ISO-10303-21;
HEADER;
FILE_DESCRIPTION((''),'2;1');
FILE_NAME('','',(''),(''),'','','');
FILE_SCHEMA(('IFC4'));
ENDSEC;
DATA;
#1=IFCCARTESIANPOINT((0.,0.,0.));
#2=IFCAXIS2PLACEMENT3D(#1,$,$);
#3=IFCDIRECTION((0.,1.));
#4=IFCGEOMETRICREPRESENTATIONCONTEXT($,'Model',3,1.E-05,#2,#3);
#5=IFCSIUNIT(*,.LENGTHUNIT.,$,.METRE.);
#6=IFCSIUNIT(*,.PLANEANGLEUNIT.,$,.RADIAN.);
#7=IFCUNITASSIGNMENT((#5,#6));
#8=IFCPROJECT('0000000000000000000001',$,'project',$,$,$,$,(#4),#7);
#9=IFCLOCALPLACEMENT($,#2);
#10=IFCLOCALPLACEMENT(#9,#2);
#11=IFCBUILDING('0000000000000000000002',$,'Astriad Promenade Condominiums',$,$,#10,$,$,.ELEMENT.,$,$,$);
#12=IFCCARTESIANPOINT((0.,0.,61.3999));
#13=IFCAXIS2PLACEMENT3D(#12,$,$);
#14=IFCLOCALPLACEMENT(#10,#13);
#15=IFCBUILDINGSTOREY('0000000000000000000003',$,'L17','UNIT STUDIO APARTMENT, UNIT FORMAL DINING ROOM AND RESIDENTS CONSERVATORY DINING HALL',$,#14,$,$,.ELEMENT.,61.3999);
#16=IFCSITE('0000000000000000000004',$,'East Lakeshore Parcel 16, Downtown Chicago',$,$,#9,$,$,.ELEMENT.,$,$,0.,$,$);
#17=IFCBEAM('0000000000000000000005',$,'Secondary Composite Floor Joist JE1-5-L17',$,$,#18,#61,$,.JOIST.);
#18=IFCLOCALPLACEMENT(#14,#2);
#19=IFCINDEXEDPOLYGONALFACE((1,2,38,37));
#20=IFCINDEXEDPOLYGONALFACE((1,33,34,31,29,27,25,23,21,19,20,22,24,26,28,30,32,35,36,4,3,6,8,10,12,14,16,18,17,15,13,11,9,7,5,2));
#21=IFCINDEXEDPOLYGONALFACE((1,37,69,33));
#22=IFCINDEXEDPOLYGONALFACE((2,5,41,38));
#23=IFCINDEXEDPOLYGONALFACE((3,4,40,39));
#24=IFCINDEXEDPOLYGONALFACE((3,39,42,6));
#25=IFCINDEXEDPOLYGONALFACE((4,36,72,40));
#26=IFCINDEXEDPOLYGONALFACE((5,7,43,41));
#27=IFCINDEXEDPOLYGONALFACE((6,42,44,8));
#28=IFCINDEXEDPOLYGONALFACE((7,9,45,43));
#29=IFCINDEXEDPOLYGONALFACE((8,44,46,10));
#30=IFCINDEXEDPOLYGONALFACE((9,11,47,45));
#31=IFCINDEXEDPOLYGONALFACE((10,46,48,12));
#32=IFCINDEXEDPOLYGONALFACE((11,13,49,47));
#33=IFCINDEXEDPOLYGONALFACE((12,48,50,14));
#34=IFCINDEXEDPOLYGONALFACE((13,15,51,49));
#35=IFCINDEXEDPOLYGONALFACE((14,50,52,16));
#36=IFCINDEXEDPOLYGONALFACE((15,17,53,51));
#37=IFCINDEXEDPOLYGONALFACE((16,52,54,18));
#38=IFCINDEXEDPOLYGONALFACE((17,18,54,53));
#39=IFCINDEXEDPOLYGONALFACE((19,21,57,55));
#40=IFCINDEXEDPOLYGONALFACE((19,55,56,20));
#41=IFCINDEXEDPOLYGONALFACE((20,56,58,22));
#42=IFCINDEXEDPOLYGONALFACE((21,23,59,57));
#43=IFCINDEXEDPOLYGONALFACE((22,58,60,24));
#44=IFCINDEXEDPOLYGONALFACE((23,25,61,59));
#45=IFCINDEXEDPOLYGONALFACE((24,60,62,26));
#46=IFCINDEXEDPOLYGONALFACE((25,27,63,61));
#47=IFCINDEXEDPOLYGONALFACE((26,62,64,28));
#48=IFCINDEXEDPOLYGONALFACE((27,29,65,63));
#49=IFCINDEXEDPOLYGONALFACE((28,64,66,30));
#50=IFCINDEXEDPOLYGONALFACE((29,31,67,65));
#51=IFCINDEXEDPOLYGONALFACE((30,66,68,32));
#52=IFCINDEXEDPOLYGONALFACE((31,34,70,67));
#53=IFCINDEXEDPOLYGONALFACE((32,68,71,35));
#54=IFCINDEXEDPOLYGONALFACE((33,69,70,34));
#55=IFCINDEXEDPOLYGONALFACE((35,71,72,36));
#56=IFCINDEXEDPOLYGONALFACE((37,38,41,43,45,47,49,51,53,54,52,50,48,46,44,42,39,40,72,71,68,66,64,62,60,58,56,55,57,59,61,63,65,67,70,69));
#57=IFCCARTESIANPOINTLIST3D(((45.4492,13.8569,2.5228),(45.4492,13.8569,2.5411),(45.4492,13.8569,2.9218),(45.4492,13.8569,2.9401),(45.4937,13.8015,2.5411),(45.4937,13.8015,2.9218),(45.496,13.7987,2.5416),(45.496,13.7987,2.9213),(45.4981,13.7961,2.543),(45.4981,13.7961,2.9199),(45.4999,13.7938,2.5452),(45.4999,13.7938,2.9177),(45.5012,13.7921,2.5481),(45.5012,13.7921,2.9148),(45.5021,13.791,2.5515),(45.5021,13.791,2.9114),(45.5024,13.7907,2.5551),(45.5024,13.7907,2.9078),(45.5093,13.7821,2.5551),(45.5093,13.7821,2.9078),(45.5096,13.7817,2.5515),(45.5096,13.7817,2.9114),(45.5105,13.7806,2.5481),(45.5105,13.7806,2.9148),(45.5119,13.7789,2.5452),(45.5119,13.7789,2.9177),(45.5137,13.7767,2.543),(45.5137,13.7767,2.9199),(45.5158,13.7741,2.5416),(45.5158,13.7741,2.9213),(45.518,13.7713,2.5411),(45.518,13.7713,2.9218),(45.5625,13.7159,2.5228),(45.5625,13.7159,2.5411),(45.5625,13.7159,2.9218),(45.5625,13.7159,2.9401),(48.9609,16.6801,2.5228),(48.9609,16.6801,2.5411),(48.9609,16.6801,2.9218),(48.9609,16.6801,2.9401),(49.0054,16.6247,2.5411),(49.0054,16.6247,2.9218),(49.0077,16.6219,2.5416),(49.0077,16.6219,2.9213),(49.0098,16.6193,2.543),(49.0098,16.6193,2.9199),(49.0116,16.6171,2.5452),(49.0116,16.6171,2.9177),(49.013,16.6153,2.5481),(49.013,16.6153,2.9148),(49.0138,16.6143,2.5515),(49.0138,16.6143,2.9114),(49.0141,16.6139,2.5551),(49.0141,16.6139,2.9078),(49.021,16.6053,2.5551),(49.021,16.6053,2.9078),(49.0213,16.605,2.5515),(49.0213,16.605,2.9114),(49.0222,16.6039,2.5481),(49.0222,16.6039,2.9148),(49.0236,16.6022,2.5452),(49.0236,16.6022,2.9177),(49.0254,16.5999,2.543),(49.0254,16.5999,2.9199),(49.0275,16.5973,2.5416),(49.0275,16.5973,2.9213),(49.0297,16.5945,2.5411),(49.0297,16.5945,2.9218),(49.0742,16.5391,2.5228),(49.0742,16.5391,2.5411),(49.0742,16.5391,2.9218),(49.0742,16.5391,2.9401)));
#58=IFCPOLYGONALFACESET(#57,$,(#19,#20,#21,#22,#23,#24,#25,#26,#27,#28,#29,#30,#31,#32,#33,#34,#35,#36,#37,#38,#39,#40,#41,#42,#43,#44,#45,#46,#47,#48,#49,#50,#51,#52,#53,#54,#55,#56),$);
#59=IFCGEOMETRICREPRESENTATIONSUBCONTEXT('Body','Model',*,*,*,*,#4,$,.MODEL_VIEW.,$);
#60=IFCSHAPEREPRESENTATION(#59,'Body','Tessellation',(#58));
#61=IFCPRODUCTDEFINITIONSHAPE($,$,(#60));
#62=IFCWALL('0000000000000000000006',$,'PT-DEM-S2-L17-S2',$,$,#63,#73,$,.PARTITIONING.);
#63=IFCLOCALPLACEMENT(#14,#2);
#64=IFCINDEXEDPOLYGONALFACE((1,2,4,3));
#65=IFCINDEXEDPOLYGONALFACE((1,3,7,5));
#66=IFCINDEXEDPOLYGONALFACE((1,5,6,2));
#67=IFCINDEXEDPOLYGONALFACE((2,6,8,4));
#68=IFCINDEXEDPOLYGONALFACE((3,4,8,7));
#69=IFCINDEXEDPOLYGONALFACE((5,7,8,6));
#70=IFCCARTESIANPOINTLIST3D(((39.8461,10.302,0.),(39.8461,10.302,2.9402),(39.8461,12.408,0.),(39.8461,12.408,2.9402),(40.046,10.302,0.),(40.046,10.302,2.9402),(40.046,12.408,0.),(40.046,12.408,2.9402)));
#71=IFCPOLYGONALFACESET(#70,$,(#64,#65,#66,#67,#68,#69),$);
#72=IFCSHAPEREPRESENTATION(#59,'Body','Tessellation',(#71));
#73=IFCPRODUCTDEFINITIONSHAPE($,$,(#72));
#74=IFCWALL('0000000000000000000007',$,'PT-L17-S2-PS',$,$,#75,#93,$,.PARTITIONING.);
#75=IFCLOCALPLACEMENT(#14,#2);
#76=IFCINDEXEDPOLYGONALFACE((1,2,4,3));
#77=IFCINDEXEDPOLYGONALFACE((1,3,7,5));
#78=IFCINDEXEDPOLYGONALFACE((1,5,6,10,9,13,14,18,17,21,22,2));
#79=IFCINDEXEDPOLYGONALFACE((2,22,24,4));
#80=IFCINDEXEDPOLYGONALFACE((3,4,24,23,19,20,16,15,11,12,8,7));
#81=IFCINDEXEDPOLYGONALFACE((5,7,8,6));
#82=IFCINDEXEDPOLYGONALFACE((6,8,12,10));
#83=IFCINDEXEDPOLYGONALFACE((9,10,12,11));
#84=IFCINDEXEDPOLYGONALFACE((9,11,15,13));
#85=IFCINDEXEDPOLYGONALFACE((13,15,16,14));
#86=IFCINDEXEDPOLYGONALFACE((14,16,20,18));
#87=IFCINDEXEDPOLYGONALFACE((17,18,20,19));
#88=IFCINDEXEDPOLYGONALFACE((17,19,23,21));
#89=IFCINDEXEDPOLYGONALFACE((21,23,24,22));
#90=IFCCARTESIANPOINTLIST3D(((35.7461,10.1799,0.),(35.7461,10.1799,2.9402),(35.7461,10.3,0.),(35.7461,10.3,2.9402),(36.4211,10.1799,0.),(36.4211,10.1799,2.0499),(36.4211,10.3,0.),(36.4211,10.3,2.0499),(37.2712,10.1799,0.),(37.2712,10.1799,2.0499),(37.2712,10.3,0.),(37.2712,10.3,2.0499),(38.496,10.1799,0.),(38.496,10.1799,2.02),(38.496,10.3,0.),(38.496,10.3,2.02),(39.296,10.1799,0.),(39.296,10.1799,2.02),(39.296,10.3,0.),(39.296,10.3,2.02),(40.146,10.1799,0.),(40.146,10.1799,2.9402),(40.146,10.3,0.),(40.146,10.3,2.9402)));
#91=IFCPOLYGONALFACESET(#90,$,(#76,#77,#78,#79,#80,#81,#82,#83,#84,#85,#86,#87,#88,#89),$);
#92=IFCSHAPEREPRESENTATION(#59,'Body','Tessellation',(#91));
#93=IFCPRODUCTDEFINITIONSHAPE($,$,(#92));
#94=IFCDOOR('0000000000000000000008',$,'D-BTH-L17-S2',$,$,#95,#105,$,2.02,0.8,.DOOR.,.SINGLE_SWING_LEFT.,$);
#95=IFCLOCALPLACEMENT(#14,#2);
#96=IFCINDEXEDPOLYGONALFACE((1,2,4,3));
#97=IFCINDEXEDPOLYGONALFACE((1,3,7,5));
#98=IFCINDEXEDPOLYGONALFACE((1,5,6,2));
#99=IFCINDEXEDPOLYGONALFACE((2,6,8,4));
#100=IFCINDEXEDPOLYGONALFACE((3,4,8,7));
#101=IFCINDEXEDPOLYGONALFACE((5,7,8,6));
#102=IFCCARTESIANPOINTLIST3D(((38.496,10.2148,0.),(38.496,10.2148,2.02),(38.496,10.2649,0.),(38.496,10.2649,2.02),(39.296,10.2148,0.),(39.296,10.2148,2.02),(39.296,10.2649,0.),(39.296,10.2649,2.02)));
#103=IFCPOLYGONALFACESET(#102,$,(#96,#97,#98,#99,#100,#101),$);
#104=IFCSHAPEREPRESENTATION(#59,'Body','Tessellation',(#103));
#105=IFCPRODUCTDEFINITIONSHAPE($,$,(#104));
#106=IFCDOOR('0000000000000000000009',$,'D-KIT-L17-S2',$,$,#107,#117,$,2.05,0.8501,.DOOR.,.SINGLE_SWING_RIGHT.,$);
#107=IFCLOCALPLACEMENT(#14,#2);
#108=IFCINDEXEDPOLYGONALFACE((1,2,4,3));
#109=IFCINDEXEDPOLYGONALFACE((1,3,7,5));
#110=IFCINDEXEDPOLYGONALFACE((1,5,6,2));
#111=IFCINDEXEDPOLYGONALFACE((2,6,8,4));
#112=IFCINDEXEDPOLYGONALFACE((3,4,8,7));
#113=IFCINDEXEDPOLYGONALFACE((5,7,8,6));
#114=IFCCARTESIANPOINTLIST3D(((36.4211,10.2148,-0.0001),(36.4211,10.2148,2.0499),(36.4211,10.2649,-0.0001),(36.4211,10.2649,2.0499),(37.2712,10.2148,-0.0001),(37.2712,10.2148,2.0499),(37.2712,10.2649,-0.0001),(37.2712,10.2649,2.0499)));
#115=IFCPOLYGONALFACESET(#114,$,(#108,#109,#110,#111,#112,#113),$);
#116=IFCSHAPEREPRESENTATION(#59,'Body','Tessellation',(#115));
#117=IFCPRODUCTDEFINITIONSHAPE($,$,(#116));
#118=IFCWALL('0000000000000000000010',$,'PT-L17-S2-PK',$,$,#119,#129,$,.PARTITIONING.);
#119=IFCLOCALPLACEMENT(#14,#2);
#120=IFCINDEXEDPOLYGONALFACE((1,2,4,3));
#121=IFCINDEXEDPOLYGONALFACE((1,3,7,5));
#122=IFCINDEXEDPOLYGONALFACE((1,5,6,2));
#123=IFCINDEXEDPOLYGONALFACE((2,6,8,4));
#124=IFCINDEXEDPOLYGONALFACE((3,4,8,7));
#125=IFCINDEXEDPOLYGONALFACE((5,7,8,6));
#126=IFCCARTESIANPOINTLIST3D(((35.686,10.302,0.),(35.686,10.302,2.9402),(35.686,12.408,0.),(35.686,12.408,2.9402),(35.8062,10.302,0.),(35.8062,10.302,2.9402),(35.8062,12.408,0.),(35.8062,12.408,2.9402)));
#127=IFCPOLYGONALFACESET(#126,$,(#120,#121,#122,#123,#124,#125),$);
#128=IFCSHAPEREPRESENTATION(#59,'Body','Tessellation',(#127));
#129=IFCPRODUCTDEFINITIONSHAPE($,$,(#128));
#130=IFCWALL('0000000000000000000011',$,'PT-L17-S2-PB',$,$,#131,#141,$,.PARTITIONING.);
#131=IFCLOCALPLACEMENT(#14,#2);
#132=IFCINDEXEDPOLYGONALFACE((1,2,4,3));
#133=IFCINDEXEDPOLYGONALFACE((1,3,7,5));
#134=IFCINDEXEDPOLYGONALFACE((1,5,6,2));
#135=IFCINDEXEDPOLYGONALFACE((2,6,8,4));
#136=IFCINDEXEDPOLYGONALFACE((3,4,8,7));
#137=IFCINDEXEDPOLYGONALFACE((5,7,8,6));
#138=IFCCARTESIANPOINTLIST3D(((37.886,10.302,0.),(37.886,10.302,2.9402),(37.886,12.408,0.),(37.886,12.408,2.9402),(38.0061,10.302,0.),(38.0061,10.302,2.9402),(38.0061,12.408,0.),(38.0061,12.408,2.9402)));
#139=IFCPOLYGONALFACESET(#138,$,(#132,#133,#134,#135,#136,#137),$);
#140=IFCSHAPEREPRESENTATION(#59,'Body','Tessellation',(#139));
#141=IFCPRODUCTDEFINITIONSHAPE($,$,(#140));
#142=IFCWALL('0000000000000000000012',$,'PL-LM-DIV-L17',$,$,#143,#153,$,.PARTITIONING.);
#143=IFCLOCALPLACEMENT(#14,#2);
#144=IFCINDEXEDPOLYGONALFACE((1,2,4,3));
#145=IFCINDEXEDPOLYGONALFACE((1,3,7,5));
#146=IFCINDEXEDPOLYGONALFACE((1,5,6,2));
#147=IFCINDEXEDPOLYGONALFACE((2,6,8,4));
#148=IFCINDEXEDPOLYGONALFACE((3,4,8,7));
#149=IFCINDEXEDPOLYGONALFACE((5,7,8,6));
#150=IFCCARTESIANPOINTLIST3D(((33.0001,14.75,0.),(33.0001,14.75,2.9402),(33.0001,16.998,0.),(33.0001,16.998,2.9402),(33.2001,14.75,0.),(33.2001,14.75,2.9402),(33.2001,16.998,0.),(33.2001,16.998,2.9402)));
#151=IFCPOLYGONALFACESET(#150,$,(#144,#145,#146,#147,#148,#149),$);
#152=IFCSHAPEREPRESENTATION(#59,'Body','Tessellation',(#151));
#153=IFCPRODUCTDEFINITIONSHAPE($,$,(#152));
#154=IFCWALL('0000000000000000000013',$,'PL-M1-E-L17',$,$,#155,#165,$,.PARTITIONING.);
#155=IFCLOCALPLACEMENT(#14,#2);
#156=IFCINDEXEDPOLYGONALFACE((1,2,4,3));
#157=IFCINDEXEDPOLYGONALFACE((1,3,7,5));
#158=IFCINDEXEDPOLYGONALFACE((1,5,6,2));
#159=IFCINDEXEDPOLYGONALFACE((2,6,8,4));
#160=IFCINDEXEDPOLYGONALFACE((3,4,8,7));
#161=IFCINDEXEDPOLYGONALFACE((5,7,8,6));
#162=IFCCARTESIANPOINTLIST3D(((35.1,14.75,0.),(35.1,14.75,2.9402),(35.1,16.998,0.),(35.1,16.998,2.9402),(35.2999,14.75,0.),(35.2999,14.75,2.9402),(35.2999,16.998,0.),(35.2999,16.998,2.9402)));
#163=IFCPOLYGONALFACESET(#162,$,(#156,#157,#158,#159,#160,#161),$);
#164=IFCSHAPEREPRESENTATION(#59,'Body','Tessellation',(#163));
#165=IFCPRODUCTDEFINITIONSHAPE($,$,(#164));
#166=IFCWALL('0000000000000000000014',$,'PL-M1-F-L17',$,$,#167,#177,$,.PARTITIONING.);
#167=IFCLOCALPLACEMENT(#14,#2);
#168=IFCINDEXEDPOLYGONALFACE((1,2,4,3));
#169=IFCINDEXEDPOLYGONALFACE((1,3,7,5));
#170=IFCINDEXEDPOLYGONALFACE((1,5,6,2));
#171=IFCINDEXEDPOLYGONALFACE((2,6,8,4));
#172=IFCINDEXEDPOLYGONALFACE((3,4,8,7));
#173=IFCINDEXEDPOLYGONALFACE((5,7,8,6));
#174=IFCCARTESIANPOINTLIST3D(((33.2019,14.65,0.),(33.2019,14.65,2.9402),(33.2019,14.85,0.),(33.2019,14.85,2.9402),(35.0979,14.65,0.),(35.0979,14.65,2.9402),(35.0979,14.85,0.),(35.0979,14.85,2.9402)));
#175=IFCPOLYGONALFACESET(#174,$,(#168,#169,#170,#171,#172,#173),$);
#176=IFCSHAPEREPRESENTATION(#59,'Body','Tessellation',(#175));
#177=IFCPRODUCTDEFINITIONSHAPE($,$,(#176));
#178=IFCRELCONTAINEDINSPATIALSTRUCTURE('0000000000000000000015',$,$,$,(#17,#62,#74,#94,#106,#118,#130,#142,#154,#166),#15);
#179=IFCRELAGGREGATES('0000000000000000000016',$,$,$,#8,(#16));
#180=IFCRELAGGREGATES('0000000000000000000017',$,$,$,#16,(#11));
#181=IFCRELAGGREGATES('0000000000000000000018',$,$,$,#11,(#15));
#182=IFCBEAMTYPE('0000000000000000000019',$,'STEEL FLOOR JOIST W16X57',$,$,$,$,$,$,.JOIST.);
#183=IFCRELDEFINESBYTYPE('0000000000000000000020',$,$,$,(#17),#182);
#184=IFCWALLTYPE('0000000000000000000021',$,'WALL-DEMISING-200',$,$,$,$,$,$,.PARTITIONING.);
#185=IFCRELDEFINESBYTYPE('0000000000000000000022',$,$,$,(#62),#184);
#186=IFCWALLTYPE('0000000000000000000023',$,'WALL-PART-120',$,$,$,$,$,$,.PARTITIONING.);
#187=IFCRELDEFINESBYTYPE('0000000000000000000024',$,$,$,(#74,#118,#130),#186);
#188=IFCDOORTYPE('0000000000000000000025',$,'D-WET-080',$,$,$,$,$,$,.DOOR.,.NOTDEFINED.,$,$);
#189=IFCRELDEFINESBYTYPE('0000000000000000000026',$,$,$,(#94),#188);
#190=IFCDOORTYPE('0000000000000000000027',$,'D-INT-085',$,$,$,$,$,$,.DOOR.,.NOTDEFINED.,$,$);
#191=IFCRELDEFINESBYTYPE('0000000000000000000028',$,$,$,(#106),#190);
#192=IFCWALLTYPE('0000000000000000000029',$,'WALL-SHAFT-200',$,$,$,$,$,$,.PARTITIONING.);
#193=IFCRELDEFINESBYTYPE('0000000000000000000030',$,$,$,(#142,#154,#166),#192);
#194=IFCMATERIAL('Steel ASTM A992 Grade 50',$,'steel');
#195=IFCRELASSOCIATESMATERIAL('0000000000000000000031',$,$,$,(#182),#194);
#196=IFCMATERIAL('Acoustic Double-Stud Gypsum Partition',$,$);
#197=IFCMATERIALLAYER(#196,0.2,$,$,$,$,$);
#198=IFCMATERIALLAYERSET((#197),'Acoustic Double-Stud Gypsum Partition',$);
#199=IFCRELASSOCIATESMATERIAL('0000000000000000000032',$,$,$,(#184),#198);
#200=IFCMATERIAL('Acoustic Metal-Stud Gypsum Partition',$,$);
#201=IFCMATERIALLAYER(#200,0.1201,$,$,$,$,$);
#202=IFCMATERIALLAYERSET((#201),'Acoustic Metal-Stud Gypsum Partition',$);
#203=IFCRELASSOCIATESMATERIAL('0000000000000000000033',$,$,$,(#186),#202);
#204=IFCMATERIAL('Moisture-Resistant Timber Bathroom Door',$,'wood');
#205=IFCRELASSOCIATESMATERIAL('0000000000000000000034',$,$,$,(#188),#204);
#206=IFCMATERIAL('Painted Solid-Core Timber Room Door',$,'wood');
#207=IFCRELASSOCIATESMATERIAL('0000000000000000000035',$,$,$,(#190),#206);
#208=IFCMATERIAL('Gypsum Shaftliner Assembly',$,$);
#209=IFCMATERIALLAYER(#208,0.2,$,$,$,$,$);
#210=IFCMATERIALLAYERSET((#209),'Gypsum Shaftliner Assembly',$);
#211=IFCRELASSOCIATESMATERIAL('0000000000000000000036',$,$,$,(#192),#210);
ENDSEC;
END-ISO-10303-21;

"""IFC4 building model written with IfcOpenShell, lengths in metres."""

from ifc_helpers import new_model, si_unit, direction, frame, frame_2d, origin, origin_2d, place, context, subcontext, project, spatial, rectangle, i_section, extrude, source, transform, mapped, material, layer, layer_set, material_profile, profile_set, type_object, type_shapes, element, fill, save


model = new_model("IFC4")

# Units and contexts
model_context = context("Model", 3, precision=1e-05, world=origin(), true_north=direction((0.0, 1.0)))
body_context = subcontext(model_context, "Body", "Model", "MODEL_VIEW")
ifc_project = project(units=[si_unit("LENGTHUNIT", "METRE"), si_unit("PLANEANGLEUNIT", "RADIAN")], contexts=[model_context])

# Site, building, storey
site_placement = place(None, origin())
site = spatial("IfcSite", under=ifc_project, at=site_placement, Name="East Lakeshore Parcel 16, Downtown Chicago", CompositionType="ELEMENT", RefElevation=0.0)
building_placement = place(site_placement, origin())
building = spatial("IfcBuilding", under=site, at=building_placement, Name="Astriad Promenade Condominiums", CompositionType="ELEMENT")
storey_placement = place(building_placement, frame((0.0, 0.0, 61.3999)))
storey = spatial("IfcBuildingStorey", under=building, at=storey_placement, Name="L17", Description="UNIT STUDIO APARTMENT, UNIT FORMAL DINING ROOM AND RESIDENTS CONSERVATORY DINING HALL", CompositionType="ELEMENT", Elevation=61.3999)

# Shared definitions
ifc_material_1 = material(Name="Steel ASTM A992 Grade 50", Category="steel")

# Beam
ifc_material_profile_1 = material_profile(ifc_material_1, i_section(OverallWidth=0.1809, OverallDepth=0.4172, WebThickness=0.011, FlangeThickness=0.0183, FilletRadius=0.0139, at=origin_2d()), Name="W16X57")
ifc_profile_set_1 = profile_set([ifc_material_profile_1], Name="Steel ASTM A992 Grade 50")
beam_type_1 = type_object("IfcBeamType", Name="STEEL FLOOR JOIST W16X57", PredefinedType="JOIST", material=ifc_profile_set_1)
shared_shape_1 = source(origin(), body_context, "Body", "SweptSolid", [
    extrude(i_section(OverallWidth=0.1809, OverallDepth=0.4172, WebThickness=0.011, FlangeThickness=0.0183, FilletRadius=0.0139, at=origin_2d()), origin(), (0.0, 0.0, 1.0), 4.5059),
])
beam_1_placement = place(storey_placement, frame((45.5059, 13.7864, 2.7314), z_axis=(0.779365, 0.62657, 0.0), x_axis=(-0.62657, 0.779365, 0.0)))
element("IfcBeam", 1, at=beam_1_placement, inside=storey, type_object=beam_type_1, Name="Secondary Composite Floor Joist JE1-5-L17", PredefinedType="JOIST", context=body_context, shape_type="MappedRepresentation", body=[
    mapped(shared_shape_1, transform((0.0, 0.0, 0.0), scale=1.0)),
])

# Wall
ifc_material_2 = material(Name="Acoustic Double-Stud Gypsum Partition")
ifc_layer_1 = layer(ifc_material_2, 0.2)
ifc_layer_set_1 = layer_set([ifc_layer_1], Name="Acoustic Double-Stud Gypsum Partition")
wall_type_1 = type_object("IfcWallType", Name="WALL-DEMISING-200", PredefinedType="PARTITIONING", material=ifc_layer_set_1)
wall_1_placement = place(storey_placement, frame((39.946, 10.302, 0.0), z_axis=(0.0, 0.0, 1.0), x_axis=(0.0, 1.0, 0.0)))
element("IfcWall", 2, at=wall_1_placement, inside=storey, type_object=wall_type_1, Name="PT-DEM-S2-L17-S2", PredefinedType="PARTITIONING", context=body_context, shape_type="SweptSolid", body=[
    extrude(rectangle(XDim=2.106, YDim=0.2, at=frame_2d((1.053, 0.0))), origin(), (0.0, 0.0, 1.0), 2.9402),
])

# Wall, openings, doors
ifc_material_3 = material(Name="Acoustic Metal-Stud Gypsum Partition")
ifc_layer_2 = layer(ifc_material_3, 0.1201)
ifc_layer_set_2 = layer_set([ifc_layer_2], Name="Acoustic Metal-Stud Gypsum Partition")
wall_type_2 = type_object("IfcWallType", Name="WALL-PART-120", PredefinedType="PARTITIONING", material=ifc_layer_set_2)
wall_2_placement = place(storey_placement, frame((35.7461, 10.24, 0.0), z_axis=(0.0, 0.0, 1.0), x_axis=(1.0, 0.0, 0.0)))
wall_2 = element("IfcWall", 3, at=wall_2_placement, inside=storey, type_object=wall_type_2, Name="PT-L17-S2-PS", PredefinedType="PARTITIONING", context=body_context, shape_type="SweptSolid", body=[
    extrude(rectangle(XDim=4.3999, YDim=0.1201, at=frame_2d((2.2, 0.0))), origin(), (0.0, 0.0, 1.0), 2.9402),
])
opening_1_placement = place(wall_2_placement, frame((0.675, 0.0, 0.0)))
opening_1 = element("IfcOpeningElement", 4, at=opening_1_placement, cuts=wall_2, PredefinedType="OPENING", context=body_context, shape_type="SweptSolid", body=[
    extrude(rectangle(XDim=0.8501, YDim=2.05, at=frame_2d((0.425, 1.0249))), frame((0.0, 0.0701, 0.0), z_axis=(0.0, -1.0, 0.0), x_axis=(1.0, 0.0, 0.0)), (0.0, 0.0, 1.0), 0.1401),
])
opening_2_placement = place(wall_2_placement, frame((2.75, 0.0, 0.0)))
opening_2 = element("IfcOpeningElement", 5, at=opening_2_placement, cuts=wall_2, PredefinedType="OPENING", context=body_context, shape_type="SweptSolid", body=[
    extrude(rectangle(XDim=0.8, YDim=2.02, at=frame_2d((0.3999, 1.01))), frame((0.0, 0.0701, 0.0), z_axis=(0.0, -1.0, 0.0), x_axis=(1.0, 0.0, 0.0)), (0.0, 0.0, 1.0), 0.1401),
])
ifc_material_4 = material(Name="Moisture-Resistant Timber Bathroom Door", Category="wood")
door_type_1 = type_object("IfcDoorType", Name="D-WET-080", OperationType="NOTDEFINED", PredefinedType="DOOR", material=ifc_material_4)
shared_shape_2 = source(origin(), body_context, "Body", "SweptSolid", [
    extrude(rectangle(XDim=0.8, YDim=2.02, at=frame_2d((0.3999, 1.01))), frame((0.0, 0.0249, 0.0), z_axis=(0.0, -1.0, 0.0), x_axis=(1.0, 0.0, 0.0)), (0.0, 0.0, 1.0), 0.05),
])
type_shapes(door_type_1, [shared_shape_2])
door_1_placement = place(opening_2_placement, origin())
door_1 = element("IfcDoor", 6, at=door_1_placement, inside=storey, type_object=door_type_1, Name="D-BTH-L17-S2", OperationType="SINGLE_SWING_LEFT", OverallHeight=2.02, OverallWidth=0.8, PredefinedType="DOOR", context=body_context, shape_type="MappedRepresentation", body=[
    mapped(shared_shape_2, transform((0.0, 0.0, 0.0), scale=1.0)),
])
fill(opening_2, door_1)
ifc_material_5 = material(Name="Painted Solid-Core Timber Room Door", Category="wood")
door_type_2 = type_object("IfcDoorType", Name="D-INT-085", OperationType="NOTDEFINED", PredefinedType="DOOR", material=ifc_material_5)
shared_shape_3 = source(origin(), body_context, "Body", "SweptSolid", [
    extrude(rectangle(XDim=0.8501, YDim=2.05, at=frame_2d((0.425, 1.0249))), frame((0.0, 0.0249, 0.0), z_axis=(0.0, -1.0, 0.0), x_axis=(1.0, 0.0, 0.0)), (0.0, 0.0, 1.0), 0.05),
])
type_shapes(door_type_2, [shared_shape_3])
door_2_placement = place(opening_1_placement, origin())
door_2 = element("IfcDoor", 7, at=door_2_placement, inside=storey, type_object=door_type_2, Name="D-KIT-L17-S2", OperationType="SINGLE_SWING_RIGHT", OverallHeight=2.05, OverallWidth=0.8501, PredefinedType="DOOR", context=body_context, shape_type="MappedRepresentation", body=[
    mapped(shared_shape_3, transform((0.0, 0.0, 0.0), scale=1.0)),
])
fill(opening_1, door_2)

# Walls
for number, where, z_axis, x_axis, name in (
    (8, (35.7461, 10.302, 0.0), (0.0, 0.0, 1.0), (0.0, 1.0, 0.0), "PT-L17-S2-PK"),
    (9, (37.946, 10.302, 0.0), (0.0, 0.0, 1.0), (0.0, 1.0, 0.0), "PT-L17-S2-PB"),
):
    element("IfcWall", number, at=place(storey_placement, frame(where, z_axis=z_axis, x_axis=x_axis)), inside=storey, type_object=wall_type_2, Name=name, PredefinedType="PARTITIONING", context=body_context, shape_type="SweptSolid", body=[
        extrude(rectangle(XDim=2.106, YDim=0.1201, at=frame_2d((1.053, 0.0))), origin(), (0.0, 0.0, 1.0), 2.9402),
    ])
ifc_material_6 = material(Name="Gypsum Shaftliner Assembly")
ifc_layer_3 = layer(ifc_material_6, 0.2)
ifc_layer_set_3 = layer_set([ifc_layer_3], Name="Gypsum Shaftliner Assembly")
wall_type_3 = type_object("IfcWallType", Name="WALL-SHAFT-200", PredefinedType="PARTITIONING", material=ifc_layer_set_3)
for number, where, z_axis, x_axis, name in (
    (10, (33.1001, 14.75, 0.0), (0.0, 0.0, 1.0), (0.0, 1.0, 0.0), "PL-LM-DIV-L17"),
    (11, (35.2, 14.75, 0.0), (0.0, 0.0, 1.0), (0.0, 1.0, 0.0), "PL-M1-E-L17"),
):
    element("IfcWall", number, at=place(storey_placement, frame(where, z_axis=z_axis, x_axis=x_axis)), inside=storey, type_object=wall_type_3, Name=name, PredefinedType="PARTITIONING", context=body_context, shape_type="SweptSolid", body=[
        extrude(rectangle(XDim=2.248, YDim=0.2, at=frame_2d((1.124, 0.0))), origin(), (0.0, 0.0, 1.0), 2.9402),
    ])
wall_3_placement = place(storey_placement, frame((33.2019, 14.75, 0.0), z_axis=(0.0, 0.0, 1.0), x_axis=(1.0, 0.0, 0.0)))
element("IfcWall", 12, at=wall_3_placement, inside=storey, type_object=wall_type_3, Name="PL-M1-F-L17", PredefinedType="PARTITIONING", context=body_context, shape_type="SweptSolid", body=[
    extrude(rectangle(XDim=1.896, YDim=0.2, at=frame_2d((0.948, 0.0))), origin(), (0.0, 0.0, 1.0), 2.9402),
])

save(model, "model.ifc")
